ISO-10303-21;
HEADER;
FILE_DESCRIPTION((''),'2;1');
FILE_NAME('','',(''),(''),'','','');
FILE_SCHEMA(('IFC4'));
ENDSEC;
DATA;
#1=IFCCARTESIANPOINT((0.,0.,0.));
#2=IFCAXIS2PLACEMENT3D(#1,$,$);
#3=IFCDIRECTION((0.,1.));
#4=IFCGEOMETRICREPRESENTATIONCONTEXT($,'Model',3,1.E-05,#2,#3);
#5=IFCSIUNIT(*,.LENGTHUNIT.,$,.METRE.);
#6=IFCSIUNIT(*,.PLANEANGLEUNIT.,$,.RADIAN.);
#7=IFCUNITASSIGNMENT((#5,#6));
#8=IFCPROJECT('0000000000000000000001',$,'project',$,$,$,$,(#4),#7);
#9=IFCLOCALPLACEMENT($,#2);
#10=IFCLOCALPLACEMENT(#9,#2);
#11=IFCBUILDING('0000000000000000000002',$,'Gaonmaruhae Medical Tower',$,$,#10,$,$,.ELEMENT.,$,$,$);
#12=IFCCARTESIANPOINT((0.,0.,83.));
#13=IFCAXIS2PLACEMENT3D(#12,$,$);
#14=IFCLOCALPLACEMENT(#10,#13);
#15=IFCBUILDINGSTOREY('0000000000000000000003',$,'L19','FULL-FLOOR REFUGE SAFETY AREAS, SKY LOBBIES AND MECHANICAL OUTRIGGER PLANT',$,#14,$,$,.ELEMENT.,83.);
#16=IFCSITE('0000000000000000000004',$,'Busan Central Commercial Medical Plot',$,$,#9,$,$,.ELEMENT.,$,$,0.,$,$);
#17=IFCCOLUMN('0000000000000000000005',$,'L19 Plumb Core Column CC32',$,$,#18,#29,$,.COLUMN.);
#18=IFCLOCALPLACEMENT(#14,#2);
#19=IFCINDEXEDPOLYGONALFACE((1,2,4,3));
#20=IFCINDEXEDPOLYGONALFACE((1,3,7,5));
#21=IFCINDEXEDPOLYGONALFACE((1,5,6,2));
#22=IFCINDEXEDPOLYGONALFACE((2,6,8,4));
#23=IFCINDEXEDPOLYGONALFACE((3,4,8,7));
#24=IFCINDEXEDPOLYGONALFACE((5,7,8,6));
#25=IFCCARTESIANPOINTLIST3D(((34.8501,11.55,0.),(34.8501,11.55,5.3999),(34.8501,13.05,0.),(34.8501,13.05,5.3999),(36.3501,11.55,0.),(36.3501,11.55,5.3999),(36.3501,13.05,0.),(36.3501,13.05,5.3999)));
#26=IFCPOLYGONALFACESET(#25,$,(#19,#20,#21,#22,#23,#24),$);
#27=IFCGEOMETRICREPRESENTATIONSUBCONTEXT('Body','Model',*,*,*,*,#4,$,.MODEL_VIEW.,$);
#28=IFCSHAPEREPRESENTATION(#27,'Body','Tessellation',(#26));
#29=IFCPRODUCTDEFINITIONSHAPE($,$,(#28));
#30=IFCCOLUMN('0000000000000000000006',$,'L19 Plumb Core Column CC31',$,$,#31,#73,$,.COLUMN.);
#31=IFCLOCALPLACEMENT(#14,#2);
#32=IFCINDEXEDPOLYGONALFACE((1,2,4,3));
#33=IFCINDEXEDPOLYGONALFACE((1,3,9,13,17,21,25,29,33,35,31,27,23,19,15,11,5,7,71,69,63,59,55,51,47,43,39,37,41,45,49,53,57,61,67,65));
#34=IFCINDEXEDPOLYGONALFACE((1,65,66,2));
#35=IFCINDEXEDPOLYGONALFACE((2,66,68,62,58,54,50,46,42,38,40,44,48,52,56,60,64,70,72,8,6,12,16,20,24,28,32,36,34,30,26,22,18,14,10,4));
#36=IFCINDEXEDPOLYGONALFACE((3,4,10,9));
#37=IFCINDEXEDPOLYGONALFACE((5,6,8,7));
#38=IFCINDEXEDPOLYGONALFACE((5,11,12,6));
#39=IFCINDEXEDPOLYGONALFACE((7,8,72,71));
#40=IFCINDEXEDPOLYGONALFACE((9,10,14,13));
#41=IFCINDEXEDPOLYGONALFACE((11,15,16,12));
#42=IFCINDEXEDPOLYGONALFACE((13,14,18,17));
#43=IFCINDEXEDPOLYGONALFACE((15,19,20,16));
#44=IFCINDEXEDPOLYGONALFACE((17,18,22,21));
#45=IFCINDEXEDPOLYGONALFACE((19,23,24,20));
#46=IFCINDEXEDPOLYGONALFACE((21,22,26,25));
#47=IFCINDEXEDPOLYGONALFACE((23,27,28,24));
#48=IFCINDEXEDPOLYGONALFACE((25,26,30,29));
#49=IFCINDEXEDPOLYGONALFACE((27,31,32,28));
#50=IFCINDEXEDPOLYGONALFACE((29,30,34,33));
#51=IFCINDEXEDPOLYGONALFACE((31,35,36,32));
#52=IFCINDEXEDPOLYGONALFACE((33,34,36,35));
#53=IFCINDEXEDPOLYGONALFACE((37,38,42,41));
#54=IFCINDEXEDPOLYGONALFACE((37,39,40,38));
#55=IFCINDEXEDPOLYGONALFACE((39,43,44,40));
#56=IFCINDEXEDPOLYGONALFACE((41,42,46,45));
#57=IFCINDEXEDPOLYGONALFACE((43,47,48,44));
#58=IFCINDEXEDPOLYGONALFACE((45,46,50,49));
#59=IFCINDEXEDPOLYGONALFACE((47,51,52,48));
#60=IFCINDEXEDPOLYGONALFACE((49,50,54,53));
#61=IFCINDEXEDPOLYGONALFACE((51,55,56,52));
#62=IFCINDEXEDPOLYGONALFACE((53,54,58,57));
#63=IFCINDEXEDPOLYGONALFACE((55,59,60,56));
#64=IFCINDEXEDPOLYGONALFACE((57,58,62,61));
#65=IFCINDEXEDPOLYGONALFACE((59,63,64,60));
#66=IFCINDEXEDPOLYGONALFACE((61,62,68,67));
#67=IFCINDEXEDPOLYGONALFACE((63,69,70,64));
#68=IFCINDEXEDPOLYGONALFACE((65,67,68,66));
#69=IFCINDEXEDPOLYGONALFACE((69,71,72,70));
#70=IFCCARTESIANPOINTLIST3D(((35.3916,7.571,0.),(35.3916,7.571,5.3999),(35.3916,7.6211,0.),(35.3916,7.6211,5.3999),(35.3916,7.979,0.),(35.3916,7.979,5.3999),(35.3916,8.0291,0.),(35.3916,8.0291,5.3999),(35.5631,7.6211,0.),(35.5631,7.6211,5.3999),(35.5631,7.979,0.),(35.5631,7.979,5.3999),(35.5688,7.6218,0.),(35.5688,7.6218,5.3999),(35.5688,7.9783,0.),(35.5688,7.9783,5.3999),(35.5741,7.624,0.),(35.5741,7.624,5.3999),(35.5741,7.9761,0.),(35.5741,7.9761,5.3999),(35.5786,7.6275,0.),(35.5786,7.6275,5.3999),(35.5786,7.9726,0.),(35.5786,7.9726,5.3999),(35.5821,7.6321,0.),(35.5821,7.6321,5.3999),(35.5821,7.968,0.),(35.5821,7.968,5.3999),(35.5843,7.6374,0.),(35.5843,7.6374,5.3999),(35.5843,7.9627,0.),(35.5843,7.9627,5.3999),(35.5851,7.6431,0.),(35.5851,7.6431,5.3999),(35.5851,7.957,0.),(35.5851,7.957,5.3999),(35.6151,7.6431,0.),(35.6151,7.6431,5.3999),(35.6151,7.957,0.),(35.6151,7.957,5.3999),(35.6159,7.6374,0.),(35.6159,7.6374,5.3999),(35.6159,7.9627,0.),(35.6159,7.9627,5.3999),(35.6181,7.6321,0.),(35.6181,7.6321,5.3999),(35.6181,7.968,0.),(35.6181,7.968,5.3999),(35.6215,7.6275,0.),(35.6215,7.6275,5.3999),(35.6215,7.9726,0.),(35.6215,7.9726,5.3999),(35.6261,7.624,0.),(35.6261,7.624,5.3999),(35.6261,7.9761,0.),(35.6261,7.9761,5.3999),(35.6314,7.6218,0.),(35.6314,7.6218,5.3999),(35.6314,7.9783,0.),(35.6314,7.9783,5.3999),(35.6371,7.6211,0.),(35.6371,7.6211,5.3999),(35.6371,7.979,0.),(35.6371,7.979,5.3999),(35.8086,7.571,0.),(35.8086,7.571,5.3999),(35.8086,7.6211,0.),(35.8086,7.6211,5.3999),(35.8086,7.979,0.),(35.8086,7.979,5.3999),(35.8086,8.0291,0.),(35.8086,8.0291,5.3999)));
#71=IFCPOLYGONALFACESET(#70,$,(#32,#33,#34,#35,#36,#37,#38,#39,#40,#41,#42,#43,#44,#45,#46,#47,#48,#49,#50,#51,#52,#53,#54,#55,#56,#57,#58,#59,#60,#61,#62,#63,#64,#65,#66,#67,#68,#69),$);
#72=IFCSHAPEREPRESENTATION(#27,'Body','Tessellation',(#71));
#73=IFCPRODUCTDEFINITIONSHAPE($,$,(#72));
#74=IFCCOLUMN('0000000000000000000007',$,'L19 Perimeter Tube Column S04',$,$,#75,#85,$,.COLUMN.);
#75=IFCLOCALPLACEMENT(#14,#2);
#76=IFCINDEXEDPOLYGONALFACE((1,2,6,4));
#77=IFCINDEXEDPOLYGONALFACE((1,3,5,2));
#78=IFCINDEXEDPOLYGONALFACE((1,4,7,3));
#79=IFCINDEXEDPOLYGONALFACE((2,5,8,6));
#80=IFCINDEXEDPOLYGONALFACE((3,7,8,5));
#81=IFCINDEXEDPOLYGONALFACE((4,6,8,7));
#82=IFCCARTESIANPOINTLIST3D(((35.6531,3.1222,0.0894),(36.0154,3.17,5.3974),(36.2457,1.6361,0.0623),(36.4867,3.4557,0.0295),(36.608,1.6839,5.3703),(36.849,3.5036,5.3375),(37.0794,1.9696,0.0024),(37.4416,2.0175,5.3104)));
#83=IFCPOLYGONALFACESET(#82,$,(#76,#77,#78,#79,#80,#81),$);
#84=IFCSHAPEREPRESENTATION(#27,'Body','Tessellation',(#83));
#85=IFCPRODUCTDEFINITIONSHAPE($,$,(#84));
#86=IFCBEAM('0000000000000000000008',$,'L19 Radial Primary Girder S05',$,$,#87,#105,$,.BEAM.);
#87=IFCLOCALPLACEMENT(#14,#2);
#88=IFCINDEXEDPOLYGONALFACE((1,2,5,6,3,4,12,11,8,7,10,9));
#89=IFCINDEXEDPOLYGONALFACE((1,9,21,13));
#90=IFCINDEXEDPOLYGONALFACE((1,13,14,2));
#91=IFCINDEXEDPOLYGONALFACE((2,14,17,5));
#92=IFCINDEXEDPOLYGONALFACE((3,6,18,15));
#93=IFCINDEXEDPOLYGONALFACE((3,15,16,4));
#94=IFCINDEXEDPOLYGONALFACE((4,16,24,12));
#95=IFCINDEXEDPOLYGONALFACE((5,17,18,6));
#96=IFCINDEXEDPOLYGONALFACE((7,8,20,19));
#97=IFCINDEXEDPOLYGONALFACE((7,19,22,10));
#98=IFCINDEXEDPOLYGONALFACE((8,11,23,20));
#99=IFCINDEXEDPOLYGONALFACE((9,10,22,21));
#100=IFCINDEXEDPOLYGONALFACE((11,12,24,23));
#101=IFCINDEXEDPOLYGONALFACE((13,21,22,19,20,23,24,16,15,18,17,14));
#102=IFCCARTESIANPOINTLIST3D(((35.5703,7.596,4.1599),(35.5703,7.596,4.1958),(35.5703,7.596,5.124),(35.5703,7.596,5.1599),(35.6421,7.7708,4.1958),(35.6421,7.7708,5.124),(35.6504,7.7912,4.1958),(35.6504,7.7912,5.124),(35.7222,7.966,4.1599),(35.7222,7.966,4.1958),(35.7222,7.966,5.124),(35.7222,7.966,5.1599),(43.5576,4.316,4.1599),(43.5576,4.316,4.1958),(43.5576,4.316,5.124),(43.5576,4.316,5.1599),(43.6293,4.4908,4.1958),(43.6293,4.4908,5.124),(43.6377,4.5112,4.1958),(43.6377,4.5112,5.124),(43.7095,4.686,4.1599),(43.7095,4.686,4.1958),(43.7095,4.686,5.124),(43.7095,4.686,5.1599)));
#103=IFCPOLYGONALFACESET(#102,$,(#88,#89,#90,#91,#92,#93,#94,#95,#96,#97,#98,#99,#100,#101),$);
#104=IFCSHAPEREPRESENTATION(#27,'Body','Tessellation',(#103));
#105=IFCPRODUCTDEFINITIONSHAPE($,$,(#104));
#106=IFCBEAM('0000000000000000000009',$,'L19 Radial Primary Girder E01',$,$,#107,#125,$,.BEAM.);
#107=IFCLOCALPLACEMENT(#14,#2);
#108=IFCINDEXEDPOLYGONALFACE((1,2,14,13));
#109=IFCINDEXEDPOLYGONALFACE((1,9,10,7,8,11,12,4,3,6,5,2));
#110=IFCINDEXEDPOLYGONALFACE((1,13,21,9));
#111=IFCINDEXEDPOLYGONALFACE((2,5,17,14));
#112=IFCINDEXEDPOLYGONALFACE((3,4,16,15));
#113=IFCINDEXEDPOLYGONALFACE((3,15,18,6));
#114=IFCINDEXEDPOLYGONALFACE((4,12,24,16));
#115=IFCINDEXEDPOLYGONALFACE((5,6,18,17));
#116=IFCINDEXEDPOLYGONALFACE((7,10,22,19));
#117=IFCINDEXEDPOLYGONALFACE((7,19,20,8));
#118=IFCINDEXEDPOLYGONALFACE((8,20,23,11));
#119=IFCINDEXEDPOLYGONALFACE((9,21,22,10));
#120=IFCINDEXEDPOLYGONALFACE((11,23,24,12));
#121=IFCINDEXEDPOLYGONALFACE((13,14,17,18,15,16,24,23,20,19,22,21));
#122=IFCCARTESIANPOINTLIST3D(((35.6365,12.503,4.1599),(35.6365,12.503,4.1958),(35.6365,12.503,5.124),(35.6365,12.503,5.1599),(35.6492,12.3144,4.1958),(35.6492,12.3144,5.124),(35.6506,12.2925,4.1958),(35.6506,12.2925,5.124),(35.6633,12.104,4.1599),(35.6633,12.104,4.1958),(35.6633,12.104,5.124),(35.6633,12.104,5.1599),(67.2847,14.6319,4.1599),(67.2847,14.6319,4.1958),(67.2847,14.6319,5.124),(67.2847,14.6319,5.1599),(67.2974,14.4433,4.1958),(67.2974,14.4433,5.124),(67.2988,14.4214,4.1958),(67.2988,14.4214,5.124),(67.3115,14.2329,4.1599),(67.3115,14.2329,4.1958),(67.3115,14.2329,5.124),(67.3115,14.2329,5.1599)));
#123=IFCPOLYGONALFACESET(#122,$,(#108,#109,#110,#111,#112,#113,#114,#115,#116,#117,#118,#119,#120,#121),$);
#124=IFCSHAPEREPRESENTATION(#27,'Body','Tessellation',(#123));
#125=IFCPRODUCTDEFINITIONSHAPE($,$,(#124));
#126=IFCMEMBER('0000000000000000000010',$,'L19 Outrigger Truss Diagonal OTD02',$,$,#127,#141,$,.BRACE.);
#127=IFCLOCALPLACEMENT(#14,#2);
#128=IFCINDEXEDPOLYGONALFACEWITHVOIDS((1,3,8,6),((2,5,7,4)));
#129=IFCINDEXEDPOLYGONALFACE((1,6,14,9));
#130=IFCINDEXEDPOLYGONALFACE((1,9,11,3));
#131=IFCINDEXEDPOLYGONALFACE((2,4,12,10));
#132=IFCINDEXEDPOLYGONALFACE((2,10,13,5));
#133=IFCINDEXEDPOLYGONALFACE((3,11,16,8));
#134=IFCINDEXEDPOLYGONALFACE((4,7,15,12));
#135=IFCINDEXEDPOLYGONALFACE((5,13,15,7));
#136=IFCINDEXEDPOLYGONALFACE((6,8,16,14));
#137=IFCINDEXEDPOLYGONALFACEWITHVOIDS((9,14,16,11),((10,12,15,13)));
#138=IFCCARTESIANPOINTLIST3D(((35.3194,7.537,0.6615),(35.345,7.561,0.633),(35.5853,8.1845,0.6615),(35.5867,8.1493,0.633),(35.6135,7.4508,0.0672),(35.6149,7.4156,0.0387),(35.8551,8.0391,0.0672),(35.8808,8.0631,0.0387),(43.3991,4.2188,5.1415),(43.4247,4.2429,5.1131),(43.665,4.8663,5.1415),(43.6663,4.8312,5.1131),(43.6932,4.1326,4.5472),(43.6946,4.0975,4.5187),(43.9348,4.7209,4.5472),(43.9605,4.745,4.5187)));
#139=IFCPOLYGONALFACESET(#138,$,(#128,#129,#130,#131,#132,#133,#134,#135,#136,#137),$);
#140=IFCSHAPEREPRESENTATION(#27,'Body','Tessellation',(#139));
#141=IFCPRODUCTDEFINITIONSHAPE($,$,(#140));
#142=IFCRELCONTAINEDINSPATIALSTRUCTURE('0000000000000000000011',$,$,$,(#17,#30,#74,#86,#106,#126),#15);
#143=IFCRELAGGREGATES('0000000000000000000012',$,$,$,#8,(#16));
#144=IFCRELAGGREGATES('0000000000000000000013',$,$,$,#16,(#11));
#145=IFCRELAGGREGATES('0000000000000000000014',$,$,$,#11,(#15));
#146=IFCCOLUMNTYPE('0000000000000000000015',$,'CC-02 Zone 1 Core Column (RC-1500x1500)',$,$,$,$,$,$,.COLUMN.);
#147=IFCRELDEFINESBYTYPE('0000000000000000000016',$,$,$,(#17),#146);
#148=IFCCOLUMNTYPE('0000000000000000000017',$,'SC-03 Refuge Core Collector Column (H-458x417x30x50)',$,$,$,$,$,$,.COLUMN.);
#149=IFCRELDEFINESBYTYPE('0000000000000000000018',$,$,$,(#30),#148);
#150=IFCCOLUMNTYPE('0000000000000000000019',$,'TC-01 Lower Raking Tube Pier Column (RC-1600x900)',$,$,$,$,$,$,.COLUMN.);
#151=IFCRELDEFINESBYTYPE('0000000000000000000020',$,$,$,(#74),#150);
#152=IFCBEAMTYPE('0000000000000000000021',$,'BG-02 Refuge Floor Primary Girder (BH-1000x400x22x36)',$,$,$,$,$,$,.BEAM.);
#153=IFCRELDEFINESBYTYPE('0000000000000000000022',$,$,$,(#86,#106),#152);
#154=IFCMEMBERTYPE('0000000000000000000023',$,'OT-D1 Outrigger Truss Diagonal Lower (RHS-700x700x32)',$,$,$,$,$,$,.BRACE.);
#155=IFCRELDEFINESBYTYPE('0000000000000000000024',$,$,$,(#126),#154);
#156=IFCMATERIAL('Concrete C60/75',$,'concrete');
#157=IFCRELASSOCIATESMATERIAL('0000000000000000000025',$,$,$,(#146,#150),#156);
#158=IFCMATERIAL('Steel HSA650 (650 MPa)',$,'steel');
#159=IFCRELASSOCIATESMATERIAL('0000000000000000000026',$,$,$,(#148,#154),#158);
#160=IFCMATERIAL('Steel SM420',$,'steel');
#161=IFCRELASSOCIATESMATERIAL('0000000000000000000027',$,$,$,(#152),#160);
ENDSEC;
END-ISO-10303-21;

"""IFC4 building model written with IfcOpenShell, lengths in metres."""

from ifc_helpers import new_model, si_unit, direction, frame, origin, origin_2d, place, context, subcontext, project, spatial, rectangle, hollow_rectangle, i_section, extrude, material, material_profile, profile_set, type_object, element, save


model = new_model("IFC4")

# Units and contexts
model_context = context("Model", 3, precision=1e-05, world=origin(), true_north=direction((0.0, 1.0)))
body_context = subcontext(model_context, "Body", "Model", "MODEL_VIEW")
ifc_project = project(units=[si_unit("LENGTHUNIT", "METRE"), si_unit("PLANEANGLEUNIT", "RADIAN")], contexts=[model_context])

# Site, building, storey
site_placement = place(None, origin())
site = spatial("IfcSite", under=ifc_project, at=site_placement, Name="Busan Central Commercial Medical Plot", CompositionType="ELEMENT", RefElevation=0.0)
building_placement = place(site_placement, origin())
building = spatial("IfcBuilding", under=site, at=building_placement, Name="Gaonmaruhae Medical Tower", CompositionType="ELEMENT")
storey_placement = place(building_placement, frame((0.0, 0.0, 83.0)))
storey = spatial("IfcBuildingStorey", under=building, at=storey_placement, Name="L19", Description="FULL-FLOOR REFUGE SAFETY AREAS, SKY LOBBIES AND MECHANICAL OUTRIGGER PLANT", CompositionType="ELEMENT", Elevation=83.0)

# Columns
ifc_material_1 = material(Name="Concrete C60/75", Category="concrete")
ifc_material_profile_1 = material_profile(ifc_material_1, rectangle(XDim=1.5, YDim=1.5, at=origin_2d()), Name="RC-1500x1500")
ifc_profile_set_1 = profile_set([ifc_material_profile_1], Name="Concrete C60/75")
column_type_1 = type_object("IfcColumnType", Name="CC-02 Zone 1 Core Column (RC-1500x1500)", PredefinedType="COLUMN", material=ifc_profile_set_1)
column_1_placement = place(storey_placement, frame((35.6001, 12.3, 0.0), z_axis=(0.0, 0.0, 1.0), x_axis=(1.0, 0.0, 0.0)))
element("IfcColumn", 1, at=column_1_placement, inside=storey, type_object=column_type_1, Name="L19 Plumb Core Column CC32", PredefinedType="COLUMN", context=body_context, shape_type="SweptSolid", body=[
    extrude(rectangle(XDim=1.5, YDim=1.5, at=origin_2d()), origin(), (0.0, 0.0, 1.0), 5.3999),
])
ifc_material_2 = material(Name="Steel HSA650 (650 MPa)", Category="steel")
ifc_material_profile_2 = material_profile(ifc_material_2, i_section(OverallWidth=0.417, OverallDepth=0.458, WebThickness=0.03, FlangeThickness=0.05, FilletRadius=0.022, at=origin_2d()), Name="H-458x417x30x50")
ifc_profile_set_2 = profile_set([ifc_material_profile_2], Name="Steel HSA650 (650 MPa)")
column_type_2 = type_object("IfcColumnType", Name="SC-03 Refuge Core Collector Column (H-458x417x30x50)", PredefinedType="COLUMN", material=ifc_profile_set_2)
column_2_placement = place(storey_placement, frame((35.6001, 7.8, 0.0), z_axis=(0.0, 0.0, 1.0), x_axis=(1.0, 0.0, 0.0)))
element("IfcColumn", 2, at=column_2_placement, inside=storey, type_object=column_type_2, Name="L19 Plumb Core Column CC31", PredefinedType="COLUMN", context=body_context, shape_type="SweptSolid", body=[
    extrude(i_section(OverallWidth=0.417, OverallDepth=0.458, WebThickness=0.03, FlangeThickness=0.05, FilletRadius=0.022, at=origin_2d()), origin(), (0.0, 0.0, 1.0), 5.3999),
])
ifc_material_profile_3 = material_profile(ifc_material_1, rectangle(XDim=1.6001, YDim=0.8999, at=origin_2d()), Name="RC-1600x900")
ifc_profile_set_3 = profile_set([ifc_material_profile_3], Name="Concrete C60/75")
column_type_3 = type_object("IfcColumnType", Name="TC-01 Lower Raking Tube Pier Column (RC-1600x900)", PredefinedType="COLUMN", material=ifc_profile_set_3)
column_3_placement = place(storey_placement, frame((36.3662, 2.5459, 0.0459), z_axis=(0.068094, 0.008994, 0.997638), x_axis=(-0.370367, 0.928732, 0.016907)))
element("IfcColumn", 3, at=column_3_placement, inside=storey, type_object=column_type_3, Name="L19 Perimeter Tube Column S04", PredefinedType="COLUMN", context=body_context, shape_type="SweptSolid", body=[
    extrude(rectangle(XDim=1.6001, YDim=0.8999, at=origin_2d()), origin(), (0.0, 0.0, 1.0), 5.3206),
])

# Beams
ifc_material_3 = material(Name="Steel SM420", Category="steel")
ifc_material_profile_4 = material_profile(ifc_material_3, i_section(OverallWidth=0.3999, OverallDepth=1.0, WebThickness=0.022, FlangeThickness=0.0359, at=origin_2d()), Name="BH-1000x400x22x36")
ifc_profile_set_4 = profile_set([ifc_material_profile_4], Name="Steel SM420")
beam_type_1 = type_object("IfcBeamType", Name="BG-02 Refuge Floor Primary Girder (BH-1000x400x22x36)", PredefinedType="BEAM", material=ifc_profile_set_4)
beam_1_placement = place(storey_placement, frame((35.6462, 7.781, 4.6599), z_axis=(0.925039, -0.379872, 0.0), x_axis=(0.379872, 0.925039, 0.0)))
element("IfcBeam", 4, at=beam_1_placement, inside=storey, type_object=beam_type_1, Name="L19 Radial Primary Girder S05", PredefinedType="BEAM", context=body_context, shape_type="SweptSolid", body=[
    extrude(i_section(OverallWidth=0.3999, OverallDepth=1.0, WebThickness=0.022, FlangeThickness=0.0359, at=origin_2d()), origin(), (0.0, 0.0, 1.0), 8.6345),
])
beam_2_placement = place(storey_placement, frame((35.6499, 12.3035, 4.6599), z_axis=(0.997745, 0.067116, 0.0), x_axis=(-0.067116, 0.997745, 0.0)))
element("IfcBeam", 5, at=beam_2_placement, inside=storey, type_object=beam_type_1, Name="L19 Radial Primary Girder E01", PredefinedType="BEAM", context=body_context, shape_type="SweptSolid", body=[
    extrude(i_section(OverallWidth=0.3999, OverallDepth=1.0, WebThickness=0.022, FlangeThickness=0.0359, at=origin_2d()), origin(), (0.0, 0.0, 1.0), 31.7197),
])

# Member
ifc_material_profile_5 = material_profile(ifc_material_2, hollow_rectangle(XDim=0.7, YDim=0.7, WallThickness=0.032, at=origin_2d()), Name="RHS-700x700x32")
ifc_profile_set_5 = profile_set([ifc_material_profile_5], Name="Steel HSA650 (650 MPa)")
member_type = type_object("IfcMemberType", Name="OT-D1 Outrigger Truss Diagonal Lower (RHS-700x700x32)", PredefinedType="BRACE", material=ifc_profile_set_5)
member_placement = place(storey_placement, frame((35.6001, 7.8, 0.3501), z_axis=(0.823078, -0.338021, 0.456381), x_axis=(0.379891, 0.925031, 0.0)))
element("IfcMember", 6, at=member_placement, inside=storey, type_object=member_type, Name="L19 Outrigger Truss Diagonal OTD02", PredefinedType="BRACE", context=body_context, shape_type="SweptSolid", body=[
    extrude(hollow_rectangle(XDim=0.7, YDim=0.7, WallThickness=0.032, at=origin_2d()), origin(), (0.0, 0.0, 1.0), 9.8164),
])

save(model, "model.ifc")
